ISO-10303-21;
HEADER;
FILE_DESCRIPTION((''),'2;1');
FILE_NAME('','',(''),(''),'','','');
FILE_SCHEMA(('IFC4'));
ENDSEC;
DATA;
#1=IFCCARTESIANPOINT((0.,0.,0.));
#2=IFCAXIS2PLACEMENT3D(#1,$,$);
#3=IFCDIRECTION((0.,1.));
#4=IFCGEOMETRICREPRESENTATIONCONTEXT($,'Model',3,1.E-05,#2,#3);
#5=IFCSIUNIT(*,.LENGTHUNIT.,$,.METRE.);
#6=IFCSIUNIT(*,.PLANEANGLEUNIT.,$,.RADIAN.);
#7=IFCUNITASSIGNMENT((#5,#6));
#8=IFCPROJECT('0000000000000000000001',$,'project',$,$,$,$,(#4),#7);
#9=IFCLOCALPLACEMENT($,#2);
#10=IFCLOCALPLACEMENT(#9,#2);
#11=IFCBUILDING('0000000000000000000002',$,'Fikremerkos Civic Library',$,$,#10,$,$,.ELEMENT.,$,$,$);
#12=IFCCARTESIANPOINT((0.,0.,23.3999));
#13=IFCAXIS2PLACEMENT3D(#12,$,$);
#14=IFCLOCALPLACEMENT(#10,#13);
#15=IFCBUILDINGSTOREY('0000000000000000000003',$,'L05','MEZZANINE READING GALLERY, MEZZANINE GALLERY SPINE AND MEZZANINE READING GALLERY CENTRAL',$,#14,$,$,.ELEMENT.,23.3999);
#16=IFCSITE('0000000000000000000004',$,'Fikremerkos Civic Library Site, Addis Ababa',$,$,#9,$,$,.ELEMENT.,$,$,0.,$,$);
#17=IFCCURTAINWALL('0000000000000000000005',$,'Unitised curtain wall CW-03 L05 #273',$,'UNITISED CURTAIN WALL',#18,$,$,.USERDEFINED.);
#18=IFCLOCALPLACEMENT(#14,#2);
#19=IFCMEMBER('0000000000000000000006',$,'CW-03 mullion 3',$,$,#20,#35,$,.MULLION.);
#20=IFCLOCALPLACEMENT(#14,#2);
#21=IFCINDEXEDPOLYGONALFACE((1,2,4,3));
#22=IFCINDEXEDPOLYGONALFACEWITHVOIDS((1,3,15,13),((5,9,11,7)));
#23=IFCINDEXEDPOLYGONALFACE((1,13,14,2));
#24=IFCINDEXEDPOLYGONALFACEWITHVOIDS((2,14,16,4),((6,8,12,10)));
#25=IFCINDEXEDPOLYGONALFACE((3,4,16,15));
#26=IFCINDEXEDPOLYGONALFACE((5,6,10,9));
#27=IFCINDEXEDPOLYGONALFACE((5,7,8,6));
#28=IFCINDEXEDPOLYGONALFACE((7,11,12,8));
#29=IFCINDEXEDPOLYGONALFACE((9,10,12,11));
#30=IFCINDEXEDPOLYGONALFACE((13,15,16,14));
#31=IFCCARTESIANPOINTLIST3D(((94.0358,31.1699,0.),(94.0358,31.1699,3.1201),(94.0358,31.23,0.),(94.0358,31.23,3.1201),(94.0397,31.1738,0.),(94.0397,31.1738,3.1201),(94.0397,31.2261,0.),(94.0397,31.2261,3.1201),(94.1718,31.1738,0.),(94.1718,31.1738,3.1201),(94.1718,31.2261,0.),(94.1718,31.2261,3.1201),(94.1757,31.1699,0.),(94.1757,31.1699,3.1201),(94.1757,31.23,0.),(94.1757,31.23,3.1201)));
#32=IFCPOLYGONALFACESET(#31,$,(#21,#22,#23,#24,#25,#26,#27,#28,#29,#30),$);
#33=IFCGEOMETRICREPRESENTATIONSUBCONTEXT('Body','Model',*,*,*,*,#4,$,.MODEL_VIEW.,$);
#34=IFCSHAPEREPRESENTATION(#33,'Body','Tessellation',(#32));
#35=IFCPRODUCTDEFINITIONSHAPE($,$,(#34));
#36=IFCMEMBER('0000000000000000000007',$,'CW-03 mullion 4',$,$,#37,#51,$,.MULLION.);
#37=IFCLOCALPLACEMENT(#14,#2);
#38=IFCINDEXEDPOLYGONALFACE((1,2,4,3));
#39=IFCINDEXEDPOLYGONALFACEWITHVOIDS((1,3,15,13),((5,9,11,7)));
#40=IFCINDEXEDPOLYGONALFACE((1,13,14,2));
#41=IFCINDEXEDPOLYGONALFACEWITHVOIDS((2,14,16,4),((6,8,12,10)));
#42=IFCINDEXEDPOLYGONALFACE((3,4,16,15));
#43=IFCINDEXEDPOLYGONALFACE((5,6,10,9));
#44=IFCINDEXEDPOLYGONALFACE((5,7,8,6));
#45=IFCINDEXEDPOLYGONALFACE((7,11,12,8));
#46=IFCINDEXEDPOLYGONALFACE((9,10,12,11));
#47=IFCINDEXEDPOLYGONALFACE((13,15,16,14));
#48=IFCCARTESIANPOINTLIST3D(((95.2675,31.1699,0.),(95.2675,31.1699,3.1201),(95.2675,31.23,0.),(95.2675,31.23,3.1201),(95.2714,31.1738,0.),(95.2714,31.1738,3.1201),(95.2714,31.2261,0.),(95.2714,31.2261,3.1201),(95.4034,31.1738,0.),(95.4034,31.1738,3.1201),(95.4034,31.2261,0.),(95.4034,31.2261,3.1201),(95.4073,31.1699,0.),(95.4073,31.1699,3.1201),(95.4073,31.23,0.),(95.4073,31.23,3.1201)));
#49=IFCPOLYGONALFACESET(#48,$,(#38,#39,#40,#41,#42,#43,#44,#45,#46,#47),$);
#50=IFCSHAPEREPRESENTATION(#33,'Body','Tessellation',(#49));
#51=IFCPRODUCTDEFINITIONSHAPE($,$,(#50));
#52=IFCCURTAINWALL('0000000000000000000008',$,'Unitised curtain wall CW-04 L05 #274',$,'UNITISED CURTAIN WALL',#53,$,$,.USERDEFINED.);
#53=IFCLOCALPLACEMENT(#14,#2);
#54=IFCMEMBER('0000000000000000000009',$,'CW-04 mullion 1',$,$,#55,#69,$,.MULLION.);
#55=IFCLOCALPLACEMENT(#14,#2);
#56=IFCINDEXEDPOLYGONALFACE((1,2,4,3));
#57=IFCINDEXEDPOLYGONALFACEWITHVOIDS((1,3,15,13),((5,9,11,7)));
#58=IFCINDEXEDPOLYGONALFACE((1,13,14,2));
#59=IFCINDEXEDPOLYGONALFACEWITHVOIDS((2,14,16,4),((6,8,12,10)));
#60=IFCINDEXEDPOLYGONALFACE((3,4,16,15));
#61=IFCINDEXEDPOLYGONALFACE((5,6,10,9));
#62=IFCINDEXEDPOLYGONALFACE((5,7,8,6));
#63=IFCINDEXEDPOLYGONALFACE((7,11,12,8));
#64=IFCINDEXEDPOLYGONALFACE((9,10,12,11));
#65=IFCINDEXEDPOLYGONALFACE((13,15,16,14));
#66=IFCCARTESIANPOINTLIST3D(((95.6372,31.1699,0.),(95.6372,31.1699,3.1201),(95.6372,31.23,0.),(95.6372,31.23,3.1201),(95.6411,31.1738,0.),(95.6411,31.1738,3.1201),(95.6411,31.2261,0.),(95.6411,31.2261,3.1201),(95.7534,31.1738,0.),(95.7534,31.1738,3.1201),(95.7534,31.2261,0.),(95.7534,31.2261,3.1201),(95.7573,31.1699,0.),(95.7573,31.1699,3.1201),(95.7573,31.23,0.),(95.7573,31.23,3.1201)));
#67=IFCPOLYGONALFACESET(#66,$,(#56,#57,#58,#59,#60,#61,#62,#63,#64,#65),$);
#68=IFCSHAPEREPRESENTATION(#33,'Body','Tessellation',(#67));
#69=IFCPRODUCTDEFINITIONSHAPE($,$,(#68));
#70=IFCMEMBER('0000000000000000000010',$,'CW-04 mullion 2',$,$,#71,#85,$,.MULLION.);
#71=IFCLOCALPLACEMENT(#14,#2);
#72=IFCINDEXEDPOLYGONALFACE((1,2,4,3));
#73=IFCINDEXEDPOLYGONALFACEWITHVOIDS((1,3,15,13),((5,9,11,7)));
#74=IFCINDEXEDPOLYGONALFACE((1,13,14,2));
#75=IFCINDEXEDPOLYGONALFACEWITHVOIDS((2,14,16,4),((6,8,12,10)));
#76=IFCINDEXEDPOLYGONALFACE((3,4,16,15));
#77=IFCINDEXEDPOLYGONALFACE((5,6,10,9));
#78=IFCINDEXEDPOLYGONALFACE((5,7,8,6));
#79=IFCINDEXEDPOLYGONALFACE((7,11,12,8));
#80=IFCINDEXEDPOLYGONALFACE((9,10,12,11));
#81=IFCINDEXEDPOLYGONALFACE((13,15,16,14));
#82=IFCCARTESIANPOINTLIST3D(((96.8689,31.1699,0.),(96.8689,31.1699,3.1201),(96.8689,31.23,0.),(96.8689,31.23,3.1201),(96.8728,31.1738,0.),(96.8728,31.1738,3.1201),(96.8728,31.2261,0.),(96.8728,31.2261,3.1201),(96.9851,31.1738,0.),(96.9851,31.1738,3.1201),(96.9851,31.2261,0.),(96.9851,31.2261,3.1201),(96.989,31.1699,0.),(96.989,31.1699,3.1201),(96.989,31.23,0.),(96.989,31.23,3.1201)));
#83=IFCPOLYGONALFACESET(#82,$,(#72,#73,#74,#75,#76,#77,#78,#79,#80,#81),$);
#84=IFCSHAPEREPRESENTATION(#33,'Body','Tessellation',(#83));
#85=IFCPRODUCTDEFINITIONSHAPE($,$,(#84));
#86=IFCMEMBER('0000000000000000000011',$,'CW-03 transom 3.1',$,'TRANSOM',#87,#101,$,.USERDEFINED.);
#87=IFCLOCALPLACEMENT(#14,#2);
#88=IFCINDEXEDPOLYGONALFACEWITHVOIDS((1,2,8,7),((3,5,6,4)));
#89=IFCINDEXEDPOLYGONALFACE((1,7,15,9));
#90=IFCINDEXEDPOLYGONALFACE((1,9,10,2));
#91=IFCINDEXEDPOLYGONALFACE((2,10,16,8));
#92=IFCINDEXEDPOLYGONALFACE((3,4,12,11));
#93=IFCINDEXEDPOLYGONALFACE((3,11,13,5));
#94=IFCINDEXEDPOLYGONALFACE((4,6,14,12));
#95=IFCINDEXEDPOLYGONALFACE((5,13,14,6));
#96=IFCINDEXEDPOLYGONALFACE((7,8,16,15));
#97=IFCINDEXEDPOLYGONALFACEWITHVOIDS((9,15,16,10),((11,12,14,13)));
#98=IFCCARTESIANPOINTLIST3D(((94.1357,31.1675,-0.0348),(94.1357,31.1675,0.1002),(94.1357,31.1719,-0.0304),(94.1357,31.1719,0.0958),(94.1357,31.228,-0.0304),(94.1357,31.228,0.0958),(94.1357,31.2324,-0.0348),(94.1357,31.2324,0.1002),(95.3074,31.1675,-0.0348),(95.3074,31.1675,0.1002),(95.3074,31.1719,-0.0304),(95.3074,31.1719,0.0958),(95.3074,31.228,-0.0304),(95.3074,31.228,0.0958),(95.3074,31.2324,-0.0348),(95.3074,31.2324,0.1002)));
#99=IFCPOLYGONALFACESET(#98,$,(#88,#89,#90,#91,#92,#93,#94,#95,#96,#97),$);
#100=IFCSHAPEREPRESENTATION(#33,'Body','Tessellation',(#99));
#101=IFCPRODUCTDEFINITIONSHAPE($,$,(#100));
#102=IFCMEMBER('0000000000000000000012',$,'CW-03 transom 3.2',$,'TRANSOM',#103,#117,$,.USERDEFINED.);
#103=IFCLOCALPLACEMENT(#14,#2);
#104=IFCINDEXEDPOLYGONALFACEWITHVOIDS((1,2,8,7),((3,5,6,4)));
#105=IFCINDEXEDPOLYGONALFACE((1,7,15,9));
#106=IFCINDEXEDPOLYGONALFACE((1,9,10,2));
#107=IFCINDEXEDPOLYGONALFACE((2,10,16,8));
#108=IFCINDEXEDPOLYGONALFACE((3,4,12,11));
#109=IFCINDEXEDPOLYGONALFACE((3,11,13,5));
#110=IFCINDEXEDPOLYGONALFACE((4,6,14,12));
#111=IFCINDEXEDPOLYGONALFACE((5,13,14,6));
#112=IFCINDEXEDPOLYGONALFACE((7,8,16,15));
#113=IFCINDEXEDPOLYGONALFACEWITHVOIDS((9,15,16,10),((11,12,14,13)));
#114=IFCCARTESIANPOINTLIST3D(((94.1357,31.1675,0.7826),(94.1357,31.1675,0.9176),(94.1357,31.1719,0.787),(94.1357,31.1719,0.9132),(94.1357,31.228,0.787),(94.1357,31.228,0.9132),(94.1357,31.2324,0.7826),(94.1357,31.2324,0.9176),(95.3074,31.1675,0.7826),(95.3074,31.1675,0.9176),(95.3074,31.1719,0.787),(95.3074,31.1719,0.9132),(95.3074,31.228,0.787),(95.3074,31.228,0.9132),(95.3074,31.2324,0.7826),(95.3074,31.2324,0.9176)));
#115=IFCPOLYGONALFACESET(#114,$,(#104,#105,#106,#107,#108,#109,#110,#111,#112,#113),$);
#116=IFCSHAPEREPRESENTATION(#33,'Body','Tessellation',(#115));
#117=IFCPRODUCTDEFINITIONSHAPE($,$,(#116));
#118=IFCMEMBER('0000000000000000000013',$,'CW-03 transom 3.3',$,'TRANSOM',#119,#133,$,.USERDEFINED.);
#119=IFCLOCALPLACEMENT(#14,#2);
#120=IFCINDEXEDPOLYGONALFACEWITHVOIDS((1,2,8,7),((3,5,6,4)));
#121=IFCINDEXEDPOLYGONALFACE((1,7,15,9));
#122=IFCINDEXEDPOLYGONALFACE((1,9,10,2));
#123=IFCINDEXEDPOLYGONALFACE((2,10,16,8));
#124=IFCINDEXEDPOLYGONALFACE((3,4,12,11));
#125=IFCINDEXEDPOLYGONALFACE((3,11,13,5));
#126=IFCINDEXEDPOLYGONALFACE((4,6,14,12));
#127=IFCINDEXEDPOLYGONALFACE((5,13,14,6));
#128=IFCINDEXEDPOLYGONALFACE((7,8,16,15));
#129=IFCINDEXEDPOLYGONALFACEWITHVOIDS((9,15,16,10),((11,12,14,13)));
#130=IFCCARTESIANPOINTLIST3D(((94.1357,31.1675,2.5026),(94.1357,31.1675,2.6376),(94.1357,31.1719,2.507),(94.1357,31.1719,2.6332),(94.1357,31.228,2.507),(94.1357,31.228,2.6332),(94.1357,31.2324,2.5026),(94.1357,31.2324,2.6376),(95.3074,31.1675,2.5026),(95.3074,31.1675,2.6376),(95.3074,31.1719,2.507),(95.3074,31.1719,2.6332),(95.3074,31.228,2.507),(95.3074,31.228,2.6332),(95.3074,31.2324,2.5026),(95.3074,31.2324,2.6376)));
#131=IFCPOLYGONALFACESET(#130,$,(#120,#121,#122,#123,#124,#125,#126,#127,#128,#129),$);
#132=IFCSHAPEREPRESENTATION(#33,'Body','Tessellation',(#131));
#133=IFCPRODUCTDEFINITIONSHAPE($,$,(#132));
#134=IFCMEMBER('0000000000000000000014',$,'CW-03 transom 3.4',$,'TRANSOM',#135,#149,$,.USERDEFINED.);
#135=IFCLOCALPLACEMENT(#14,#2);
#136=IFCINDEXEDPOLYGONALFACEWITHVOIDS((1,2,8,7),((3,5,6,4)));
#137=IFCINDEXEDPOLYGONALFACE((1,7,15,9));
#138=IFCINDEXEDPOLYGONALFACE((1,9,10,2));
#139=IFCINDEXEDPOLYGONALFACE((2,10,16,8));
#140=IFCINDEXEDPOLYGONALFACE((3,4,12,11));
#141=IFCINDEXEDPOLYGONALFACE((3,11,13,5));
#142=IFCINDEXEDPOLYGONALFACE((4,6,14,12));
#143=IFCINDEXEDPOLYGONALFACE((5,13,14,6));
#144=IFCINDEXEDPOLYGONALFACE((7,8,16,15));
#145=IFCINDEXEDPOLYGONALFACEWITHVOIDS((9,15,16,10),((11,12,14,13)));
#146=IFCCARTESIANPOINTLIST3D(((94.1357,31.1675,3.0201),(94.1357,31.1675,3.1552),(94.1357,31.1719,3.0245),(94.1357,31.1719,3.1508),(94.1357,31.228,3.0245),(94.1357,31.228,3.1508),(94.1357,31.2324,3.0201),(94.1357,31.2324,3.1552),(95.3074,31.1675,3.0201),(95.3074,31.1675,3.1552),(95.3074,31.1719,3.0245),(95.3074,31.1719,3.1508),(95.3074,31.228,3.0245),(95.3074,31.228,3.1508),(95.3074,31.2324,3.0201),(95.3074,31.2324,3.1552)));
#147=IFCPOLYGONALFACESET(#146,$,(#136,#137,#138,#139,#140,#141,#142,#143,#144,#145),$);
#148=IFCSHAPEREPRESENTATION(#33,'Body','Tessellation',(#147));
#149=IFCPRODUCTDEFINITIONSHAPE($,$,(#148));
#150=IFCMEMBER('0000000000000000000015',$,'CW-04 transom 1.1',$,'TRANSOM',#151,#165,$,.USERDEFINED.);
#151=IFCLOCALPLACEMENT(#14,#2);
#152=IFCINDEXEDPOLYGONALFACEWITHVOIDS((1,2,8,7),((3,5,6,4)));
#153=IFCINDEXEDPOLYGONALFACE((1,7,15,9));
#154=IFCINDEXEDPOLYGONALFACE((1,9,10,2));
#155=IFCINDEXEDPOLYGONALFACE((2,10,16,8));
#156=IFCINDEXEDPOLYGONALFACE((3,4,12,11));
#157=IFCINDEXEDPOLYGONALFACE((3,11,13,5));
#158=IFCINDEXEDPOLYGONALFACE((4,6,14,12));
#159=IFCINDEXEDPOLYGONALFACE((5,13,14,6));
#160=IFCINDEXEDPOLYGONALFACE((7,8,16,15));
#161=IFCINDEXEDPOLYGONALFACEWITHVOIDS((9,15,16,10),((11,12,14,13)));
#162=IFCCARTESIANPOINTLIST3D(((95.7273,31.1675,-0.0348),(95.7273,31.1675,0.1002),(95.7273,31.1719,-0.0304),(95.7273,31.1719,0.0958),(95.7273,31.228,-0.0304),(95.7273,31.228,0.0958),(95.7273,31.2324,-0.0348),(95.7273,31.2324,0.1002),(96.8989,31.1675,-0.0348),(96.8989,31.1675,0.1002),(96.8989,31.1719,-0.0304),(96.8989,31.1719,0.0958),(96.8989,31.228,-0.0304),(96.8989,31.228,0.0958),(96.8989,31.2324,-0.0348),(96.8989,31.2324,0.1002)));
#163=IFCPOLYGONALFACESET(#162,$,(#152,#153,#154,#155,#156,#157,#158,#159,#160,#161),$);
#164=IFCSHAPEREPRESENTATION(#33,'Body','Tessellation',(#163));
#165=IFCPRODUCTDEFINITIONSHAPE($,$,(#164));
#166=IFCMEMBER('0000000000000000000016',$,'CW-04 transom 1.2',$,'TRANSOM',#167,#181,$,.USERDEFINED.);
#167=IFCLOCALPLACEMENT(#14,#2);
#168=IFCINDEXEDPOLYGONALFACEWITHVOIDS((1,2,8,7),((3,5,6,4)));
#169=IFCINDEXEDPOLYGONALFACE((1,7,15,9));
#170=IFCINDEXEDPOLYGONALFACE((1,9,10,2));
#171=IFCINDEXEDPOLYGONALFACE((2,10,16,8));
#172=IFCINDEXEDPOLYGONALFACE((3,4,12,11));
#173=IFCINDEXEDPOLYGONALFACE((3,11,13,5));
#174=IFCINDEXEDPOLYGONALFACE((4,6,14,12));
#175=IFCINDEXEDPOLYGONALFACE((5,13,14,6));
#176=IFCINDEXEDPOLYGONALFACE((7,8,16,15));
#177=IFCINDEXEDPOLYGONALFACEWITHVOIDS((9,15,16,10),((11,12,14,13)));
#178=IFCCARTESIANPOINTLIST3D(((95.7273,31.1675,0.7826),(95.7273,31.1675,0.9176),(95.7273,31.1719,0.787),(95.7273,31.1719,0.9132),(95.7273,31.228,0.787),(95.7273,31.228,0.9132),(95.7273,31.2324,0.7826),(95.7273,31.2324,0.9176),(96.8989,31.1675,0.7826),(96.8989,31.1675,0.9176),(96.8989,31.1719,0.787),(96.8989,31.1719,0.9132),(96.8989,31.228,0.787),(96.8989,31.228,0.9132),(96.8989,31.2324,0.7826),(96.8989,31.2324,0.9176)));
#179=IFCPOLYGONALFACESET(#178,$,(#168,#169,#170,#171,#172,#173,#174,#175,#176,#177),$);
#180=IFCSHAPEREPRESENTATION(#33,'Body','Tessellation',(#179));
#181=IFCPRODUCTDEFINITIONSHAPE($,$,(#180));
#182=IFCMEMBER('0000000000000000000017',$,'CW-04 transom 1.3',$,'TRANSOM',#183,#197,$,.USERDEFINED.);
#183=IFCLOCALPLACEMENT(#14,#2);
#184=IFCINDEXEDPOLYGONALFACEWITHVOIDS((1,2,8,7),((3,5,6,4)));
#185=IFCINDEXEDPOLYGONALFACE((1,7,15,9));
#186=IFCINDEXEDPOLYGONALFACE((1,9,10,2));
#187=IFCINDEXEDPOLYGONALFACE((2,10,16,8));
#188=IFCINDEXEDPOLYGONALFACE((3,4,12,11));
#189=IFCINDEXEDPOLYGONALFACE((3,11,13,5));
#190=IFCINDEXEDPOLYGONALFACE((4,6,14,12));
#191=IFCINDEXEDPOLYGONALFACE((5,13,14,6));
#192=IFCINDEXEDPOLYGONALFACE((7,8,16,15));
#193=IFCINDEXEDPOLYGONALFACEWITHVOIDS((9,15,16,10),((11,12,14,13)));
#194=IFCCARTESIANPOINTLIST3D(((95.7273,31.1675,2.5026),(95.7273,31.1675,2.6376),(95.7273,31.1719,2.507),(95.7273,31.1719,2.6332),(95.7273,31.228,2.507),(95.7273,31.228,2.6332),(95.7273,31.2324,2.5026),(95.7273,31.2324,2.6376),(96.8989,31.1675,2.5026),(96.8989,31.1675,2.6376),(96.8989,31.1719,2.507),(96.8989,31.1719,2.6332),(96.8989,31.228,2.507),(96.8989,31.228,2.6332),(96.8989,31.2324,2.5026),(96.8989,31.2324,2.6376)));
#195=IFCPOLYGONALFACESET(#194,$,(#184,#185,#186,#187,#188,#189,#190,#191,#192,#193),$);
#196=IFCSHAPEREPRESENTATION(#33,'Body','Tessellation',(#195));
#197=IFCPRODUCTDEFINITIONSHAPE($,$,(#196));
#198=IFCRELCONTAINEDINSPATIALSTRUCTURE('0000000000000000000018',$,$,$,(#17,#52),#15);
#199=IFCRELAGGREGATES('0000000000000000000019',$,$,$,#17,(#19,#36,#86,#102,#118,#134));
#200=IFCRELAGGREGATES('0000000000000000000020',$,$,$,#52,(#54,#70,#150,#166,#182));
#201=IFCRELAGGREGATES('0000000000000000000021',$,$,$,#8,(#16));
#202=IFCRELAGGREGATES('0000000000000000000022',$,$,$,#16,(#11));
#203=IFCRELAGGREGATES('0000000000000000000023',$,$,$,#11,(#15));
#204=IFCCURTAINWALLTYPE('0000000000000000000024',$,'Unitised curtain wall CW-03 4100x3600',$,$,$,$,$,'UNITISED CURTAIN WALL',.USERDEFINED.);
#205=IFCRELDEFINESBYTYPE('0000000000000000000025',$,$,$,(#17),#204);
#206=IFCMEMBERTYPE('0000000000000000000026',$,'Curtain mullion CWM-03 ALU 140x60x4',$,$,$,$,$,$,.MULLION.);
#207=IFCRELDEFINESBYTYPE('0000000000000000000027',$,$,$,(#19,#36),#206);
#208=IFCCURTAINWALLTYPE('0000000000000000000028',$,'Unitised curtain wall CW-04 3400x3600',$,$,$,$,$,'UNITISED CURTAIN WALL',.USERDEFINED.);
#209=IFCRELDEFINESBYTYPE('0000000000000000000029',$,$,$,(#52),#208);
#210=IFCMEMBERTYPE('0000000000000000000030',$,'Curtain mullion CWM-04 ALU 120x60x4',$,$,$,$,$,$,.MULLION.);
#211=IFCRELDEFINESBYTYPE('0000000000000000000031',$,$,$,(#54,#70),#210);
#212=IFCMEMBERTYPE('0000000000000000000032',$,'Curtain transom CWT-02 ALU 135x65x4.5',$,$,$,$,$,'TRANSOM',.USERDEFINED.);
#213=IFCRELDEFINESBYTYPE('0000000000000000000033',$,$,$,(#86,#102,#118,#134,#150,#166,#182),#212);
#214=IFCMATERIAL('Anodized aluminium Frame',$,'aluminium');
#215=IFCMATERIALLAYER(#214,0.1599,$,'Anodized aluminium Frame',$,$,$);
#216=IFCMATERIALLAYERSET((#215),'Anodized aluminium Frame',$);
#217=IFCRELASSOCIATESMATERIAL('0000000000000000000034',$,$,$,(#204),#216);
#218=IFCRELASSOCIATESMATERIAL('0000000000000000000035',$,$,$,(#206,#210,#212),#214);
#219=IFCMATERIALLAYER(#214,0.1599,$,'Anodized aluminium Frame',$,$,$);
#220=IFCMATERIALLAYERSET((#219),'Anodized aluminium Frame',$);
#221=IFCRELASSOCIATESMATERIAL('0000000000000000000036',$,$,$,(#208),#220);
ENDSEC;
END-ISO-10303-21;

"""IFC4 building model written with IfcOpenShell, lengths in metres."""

from ifc_helpers import new_model, si_unit, direction, frame, origin, origin_2d, place, context, subcontext, project, spatial, hollow_rectangle, extrude, material, layer, layer_set, material_profile, profile_set, type_object, element, aggregate, save


model = new_model("IFC4")

# Units and contexts
model_context = context("Model", 3, precision=1e-05, world=origin(), true_north=direction((0.0, 1.0)))
body_context = subcontext(model_context, "Body", "Model", "MODEL_VIEW")
ifc_project = project(units=[si_unit("LENGTHUNIT", "METRE"), si_unit("PLANEANGLEUNIT", "RADIAN")], contexts=[model_context])

# Site, building, storey
site_placement = place(None, origin())
site = spatial("IfcSite", under=ifc_project, at=site_placement, Name="Fikremerkos Civic Library Site, Addis Ababa", CompositionType="ELEMENT", RefElevation=0.0)
building_placement = place(site_placement, origin())
building = spatial("IfcBuilding", under=site, at=building_placement, Name="Fikremerkos Civic Library", CompositionType="ELEMENT")
storey_placement = place(building_placement, frame((0.0, 0.0, 23.3999)))
storey = spatial("IfcBuildingStorey", under=building, at=storey_placement, Name="L05", Description="MEZZANINE READING GALLERY, MEZZANINE GALLERY SPINE AND MEZZANINE READING GALLERY CENTRAL", CompositionType="ELEMENT", Elevation=23.3999)

# Curtain walls, members
ifc_material_1 = material(Name="Anodized aluminium Frame", Category="aluminium")
ifc_layer_1 = layer(ifc_material_1, 0.1599, Name="Anodized aluminium Frame")
ifc_layer_set_1 = layer_set([ifc_layer_1], Name="Anodized aluminium Frame")
curtain_wall_type_1 = type_object("IfcCurtainWallType", Name="Unitised curtain wall CW-03 4100x3600", ElementType="UNITISED CURTAIN WALL", PredefinedType="USERDEFINED", material=ifc_layer_set_1)
curtain_wall_1_placement = place(storey_placement, origin())
curtain_wall_1 = element("IfcCurtainWall", 1, at=curtain_wall_1_placement, inside=storey, type_object=curtain_wall_type_1, Name="Unitised curtain wall CW-03 L05 #273", ObjectType="UNITISED CURTAIN WALL", PredefinedType="USERDEFINED")
ifc_material_profile_1 = material_profile(ifc_material_1, hollow_rectangle(XDim=0.0601, YDim=0.1399, WallThickness=0.0039, at=origin_2d()), Name="ALU 140x60x4")
ifc_profile_set_1 = profile_set([ifc_material_profile_1], Name="Anodized aluminium Frame")
member_type_1 = type_object("IfcMemberType", Name="Curtain mullion CWM-03 ALU 140x60x4", PredefinedType="MULLION", material=ifc_profile_set_1)
member_1_placement = place(storey_placement, frame((94.1057, 31.2, 0.0), z_axis=(0.0, 0.0, 1.0), x_axis=(0.0, 1.0, 0.0)))
member_1 = element("IfcMember", 2, at=member_1_placement, type_object=member_type_1, Name="CW-03 mullion 3", PredefinedType="MULLION", context=body_context, shape_type="SweptSolid", body=[
    extrude(hollow_rectangle(XDim=0.0601, YDim=0.1399, WallThickness=0.0039, at=origin_2d()), origin(), (0.0, 0.0, 1.0), 3.1201),
])
member_2_placement = place(storey_placement, frame((95.3374, 31.2, 0.0), z_axis=(0.0, 0.0, 1.0), x_axis=(0.0, 1.0, 0.0)))
member_2 = element("IfcMember", 3, at=member_2_placement, type_object=member_type_1, Name="CW-03 mullion 4", PredefinedType="MULLION", context=body_context, shape_type="SweptSolid", body=[
    extrude(hollow_rectangle(XDim=0.0601, YDim=0.1399, WallThickness=0.0039, at=origin_2d()), origin(), (0.0, 0.0, 1.0), 3.1201),
])
ifc_layer_2 = layer(ifc_material_1, 0.1599, Name="Anodized aluminium Frame")
ifc_layer_set_2 = layer_set([ifc_layer_2], Name="Anodized aluminium Frame")
curtain_wall_type_2 = type_object("IfcCurtainWallType", Name="Unitised curtain wall CW-04 3400x3600", ElementType="UNITISED CURTAIN WALL", PredefinedType="USERDEFINED", material=ifc_layer_set_2)
curtain_wall_2_placement = place(storey_placement, origin())
curtain_wall_2 = element("IfcCurtainWall", 4, at=curtain_wall_2_placement, inside=storey, type_object=curtain_wall_type_2, Name="Unitised curtain wall CW-04 L05 #274", ObjectType="UNITISED CURTAIN WALL", PredefinedType="USERDEFINED")
ifc_material_profile_2 = material_profile(ifc_material_1, hollow_rectangle(XDim=0.0601, YDim=0.1201, WallThickness=0.0039, at=origin_2d()), Name="ALU 120x60x4")
ifc_profile_set_2 = profile_set([ifc_material_profile_2], Name="Anodized aluminium Frame")
member_type_2 = type_object("IfcMemberType", Name="Curtain mullion CWM-04 ALU 120x60x4", PredefinedType="MULLION", material=ifc_profile_set_2)
member_3_placement = place(storey_placement, frame((95.6973, 31.2, 0.0), z_axis=(0.0, 0.0, 1.0), x_axis=(0.0, 1.0, 0.0)))
member_3 = element("IfcMember", 5, at=member_3_placement, type_object=member_type_2, Name="CW-04 mullion 1", PredefinedType="MULLION", context=body_context, shape_type="SweptSolid", body=[
    extrude(hollow_rectangle(XDim=0.0601, YDim=0.1201, WallThickness=0.0039, at=origin_2d()), origin(), (0.0, 0.0, 1.0), 3.1201),
])
member_4_placement = place(storey_placement, frame((96.929, 31.2, 0.0), z_axis=(0.0, 0.0, 1.0), x_axis=(0.0, 1.0, 0.0)))
member_4 = element("IfcMember", 6, at=member_4_placement, type_object=member_type_2, Name="CW-04 mullion 2", PredefinedType="MULLION", context=body_context, shape_type="SweptSolid", body=[
    extrude(hollow_rectangle(XDim=0.0601, YDim=0.1201, WallThickness=0.0039, at=origin_2d()), origin(), (0.0, 0.0, 1.0), 3.1201),
])

# Members
ifc_material_profile_3 = material_profile(ifc_material_1, hollow_rectangle(XDim=0.0649, YDim=0.135, WallThickness=0.0044, at=origin_2d()), Name="ALU 135x65x4.5")
ifc_profile_set_3 = profile_set([ifc_material_profile_3], Name="Anodized aluminium Frame")
member_type_3 = type_object("IfcMemberType", Name="Curtain transom CWT-02 ALU 135x65x4.5", ElementType="TRANSOM", PredefinedType="USERDEFINED", material=ifc_profile_set_3)
member_5_placement = place(storey_placement, frame((94.1357, 31.2, 0.0327), z_axis=(1.0, 0.0, 0.0), x_axis=(0.0, 1.0, 0.0)))
member_5 = element("IfcMember", 7, at=member_5_placement, type_object=member_type_3, Name="CW-03 transom 3.1", ObjectType="TRANSOM", PredefinedType="USERDEFINED", context=body_context, shape_type="SweptSolid", body=[
    extrude(hollow_rectangle(XDim=0.0649, YDim=0.135, WallThickness=0.0044, at=origin_2d()), origin(), (0.0, 0.0, 1.0), 1.1716),
])
member_6_placement = place(storey_placement, frame((94.1357, 31.2, 0.8501), z_axis=(1.0, 0.0, 0.0), x_axis=(0.0, 1.0, 0.0)))
member_6 = element("IfcMember", 8, at=member_6_placement, type_object=member_type_3, Name="CW-03 transom 3.2", ObjectType="TRANSOM", PredefinedType="USERDEFINED", context=body_context, shape_type="SweptSolid", body=[
    extrude(hollow_rectangle(XDim=0.0649, YDim=0.135, WallThickness=0.0044, at=origin_2d()), origin(), (0.0, 0.0, 1.0), 1.1716),
])
member_7_placement = place(storey_placement, frame((94.1357, 31.2, 2.5701), z_axis=(1.0, 0.0, 0.0), x_axis=(0.0, 1.0, 0.0)))
member_7 = element("IfcMember", 9, at=member_7_placement, type_object=member_type_3, Name="CW-03 transom 3.3", ObjectType="TRANSOM", PredefinedType="USERDEFINED", context=body_context, shape_type="SweptSolid", body=[
    extrude(hollow_rectangle(XDim=0.0649, YDim=0.135, WallThickness=0.0044, at=origin_2d()), origin(), (0.0, 0.0, 1.0), 1.1716),
])
member_8_placement = place(storey_placement, frame((94.1357, 31.2, 3.0876), z_axis=(1.0, 0.0, 0.0), x_axis=(0.0, 1.0, 0.0)))
member_8 = element("IfcMember", 10, at=member_8_placement, type_object=member_type_3, Name="CW-03 transom 3.4", ObjectType="TRANSOM", PredefinedType="USERDEFINED", context=body_context, shape_type="SweptSolid", body=[
    extrude(hollow_rectangle(XDim=0.0649, YDim=0.135, WallThickness=0.0044, at=origin_2d()), origin(), (0.0, 0.0, 1.0), 1.1716),
])
member_9_placement = place(storey_placement, frame((95.7273, 31.2, 0.0327), z_axis=(1.0, 0.0, 0.0), x_axis=(0.0, 1.0, 0.0)))
member_9 = element("IfcMember", 11, at=member_9_placement, type_object=member_type_3, Name="CW-04 transom 1.1", ObjectType="TRANSOM", PredefinedType="USERDEFINED", context=body_context, shape_type="SweptSolid", body=[
    extrude(hollow_rectangle(XDim=0.0649, YDim=0.135, WallThickness=0.0044, at=origin_2d()), origin(), (0.0, 0.0, 1.0), 1.1716),
])
member_10_placement = place(storey_placement, frame((95.7273, 31.2, 0.8501), z_axis=(1.0, 0.0, 0.0), x_axis=(0.0, 1.0, 0.0)))
member_10 = element("IfcMember", 12, at=member_10_placement, type_object=member_type_3, Name="CW-04 transom 1.2", ObjectType="TRANSOM", PredefinedType="USERDEFINED", context=body_context, shape_type="SweptSolid", body=[
    extrude(hollow_rectangle(XDim=0.0649, YDim=0.135, WallThickness=0.0044, at=origin_2d()), origin(), (0.0, 0.0, 1.0), 1.1716),
])
member_11_placement = place(storey_placement, frame((95.7273, 31.2, 2.5701), z_axis=(1.0, 0.0, 0.0), x_axis=(0.0, 1.0, 0.0)))
member_11 = element("IfcMember", 13, at=member_11_placement, type_object=member_type_3, Name="CW-04 transom 1.3", ObjectType="TRANSOM", PredefinedType="USERDEFINED", context=body_context, shape_type="SweptSolid", body=[
    extrude(hollow_rectangle(XDim=0.0649, YDim=0.135, WallThickness=0.0044, at=origin_2d()), origin(), (0.0, 0.0, 1.0), 1.1716),
])

aggregate(curtain_wall_1, [member_1, member_2, member_5, member_6, member_7, member_8])
aggregate(curtain_wall_2, [member_3, member_4, member_9, member_10, member_11])

save(model, "model.ifc")
